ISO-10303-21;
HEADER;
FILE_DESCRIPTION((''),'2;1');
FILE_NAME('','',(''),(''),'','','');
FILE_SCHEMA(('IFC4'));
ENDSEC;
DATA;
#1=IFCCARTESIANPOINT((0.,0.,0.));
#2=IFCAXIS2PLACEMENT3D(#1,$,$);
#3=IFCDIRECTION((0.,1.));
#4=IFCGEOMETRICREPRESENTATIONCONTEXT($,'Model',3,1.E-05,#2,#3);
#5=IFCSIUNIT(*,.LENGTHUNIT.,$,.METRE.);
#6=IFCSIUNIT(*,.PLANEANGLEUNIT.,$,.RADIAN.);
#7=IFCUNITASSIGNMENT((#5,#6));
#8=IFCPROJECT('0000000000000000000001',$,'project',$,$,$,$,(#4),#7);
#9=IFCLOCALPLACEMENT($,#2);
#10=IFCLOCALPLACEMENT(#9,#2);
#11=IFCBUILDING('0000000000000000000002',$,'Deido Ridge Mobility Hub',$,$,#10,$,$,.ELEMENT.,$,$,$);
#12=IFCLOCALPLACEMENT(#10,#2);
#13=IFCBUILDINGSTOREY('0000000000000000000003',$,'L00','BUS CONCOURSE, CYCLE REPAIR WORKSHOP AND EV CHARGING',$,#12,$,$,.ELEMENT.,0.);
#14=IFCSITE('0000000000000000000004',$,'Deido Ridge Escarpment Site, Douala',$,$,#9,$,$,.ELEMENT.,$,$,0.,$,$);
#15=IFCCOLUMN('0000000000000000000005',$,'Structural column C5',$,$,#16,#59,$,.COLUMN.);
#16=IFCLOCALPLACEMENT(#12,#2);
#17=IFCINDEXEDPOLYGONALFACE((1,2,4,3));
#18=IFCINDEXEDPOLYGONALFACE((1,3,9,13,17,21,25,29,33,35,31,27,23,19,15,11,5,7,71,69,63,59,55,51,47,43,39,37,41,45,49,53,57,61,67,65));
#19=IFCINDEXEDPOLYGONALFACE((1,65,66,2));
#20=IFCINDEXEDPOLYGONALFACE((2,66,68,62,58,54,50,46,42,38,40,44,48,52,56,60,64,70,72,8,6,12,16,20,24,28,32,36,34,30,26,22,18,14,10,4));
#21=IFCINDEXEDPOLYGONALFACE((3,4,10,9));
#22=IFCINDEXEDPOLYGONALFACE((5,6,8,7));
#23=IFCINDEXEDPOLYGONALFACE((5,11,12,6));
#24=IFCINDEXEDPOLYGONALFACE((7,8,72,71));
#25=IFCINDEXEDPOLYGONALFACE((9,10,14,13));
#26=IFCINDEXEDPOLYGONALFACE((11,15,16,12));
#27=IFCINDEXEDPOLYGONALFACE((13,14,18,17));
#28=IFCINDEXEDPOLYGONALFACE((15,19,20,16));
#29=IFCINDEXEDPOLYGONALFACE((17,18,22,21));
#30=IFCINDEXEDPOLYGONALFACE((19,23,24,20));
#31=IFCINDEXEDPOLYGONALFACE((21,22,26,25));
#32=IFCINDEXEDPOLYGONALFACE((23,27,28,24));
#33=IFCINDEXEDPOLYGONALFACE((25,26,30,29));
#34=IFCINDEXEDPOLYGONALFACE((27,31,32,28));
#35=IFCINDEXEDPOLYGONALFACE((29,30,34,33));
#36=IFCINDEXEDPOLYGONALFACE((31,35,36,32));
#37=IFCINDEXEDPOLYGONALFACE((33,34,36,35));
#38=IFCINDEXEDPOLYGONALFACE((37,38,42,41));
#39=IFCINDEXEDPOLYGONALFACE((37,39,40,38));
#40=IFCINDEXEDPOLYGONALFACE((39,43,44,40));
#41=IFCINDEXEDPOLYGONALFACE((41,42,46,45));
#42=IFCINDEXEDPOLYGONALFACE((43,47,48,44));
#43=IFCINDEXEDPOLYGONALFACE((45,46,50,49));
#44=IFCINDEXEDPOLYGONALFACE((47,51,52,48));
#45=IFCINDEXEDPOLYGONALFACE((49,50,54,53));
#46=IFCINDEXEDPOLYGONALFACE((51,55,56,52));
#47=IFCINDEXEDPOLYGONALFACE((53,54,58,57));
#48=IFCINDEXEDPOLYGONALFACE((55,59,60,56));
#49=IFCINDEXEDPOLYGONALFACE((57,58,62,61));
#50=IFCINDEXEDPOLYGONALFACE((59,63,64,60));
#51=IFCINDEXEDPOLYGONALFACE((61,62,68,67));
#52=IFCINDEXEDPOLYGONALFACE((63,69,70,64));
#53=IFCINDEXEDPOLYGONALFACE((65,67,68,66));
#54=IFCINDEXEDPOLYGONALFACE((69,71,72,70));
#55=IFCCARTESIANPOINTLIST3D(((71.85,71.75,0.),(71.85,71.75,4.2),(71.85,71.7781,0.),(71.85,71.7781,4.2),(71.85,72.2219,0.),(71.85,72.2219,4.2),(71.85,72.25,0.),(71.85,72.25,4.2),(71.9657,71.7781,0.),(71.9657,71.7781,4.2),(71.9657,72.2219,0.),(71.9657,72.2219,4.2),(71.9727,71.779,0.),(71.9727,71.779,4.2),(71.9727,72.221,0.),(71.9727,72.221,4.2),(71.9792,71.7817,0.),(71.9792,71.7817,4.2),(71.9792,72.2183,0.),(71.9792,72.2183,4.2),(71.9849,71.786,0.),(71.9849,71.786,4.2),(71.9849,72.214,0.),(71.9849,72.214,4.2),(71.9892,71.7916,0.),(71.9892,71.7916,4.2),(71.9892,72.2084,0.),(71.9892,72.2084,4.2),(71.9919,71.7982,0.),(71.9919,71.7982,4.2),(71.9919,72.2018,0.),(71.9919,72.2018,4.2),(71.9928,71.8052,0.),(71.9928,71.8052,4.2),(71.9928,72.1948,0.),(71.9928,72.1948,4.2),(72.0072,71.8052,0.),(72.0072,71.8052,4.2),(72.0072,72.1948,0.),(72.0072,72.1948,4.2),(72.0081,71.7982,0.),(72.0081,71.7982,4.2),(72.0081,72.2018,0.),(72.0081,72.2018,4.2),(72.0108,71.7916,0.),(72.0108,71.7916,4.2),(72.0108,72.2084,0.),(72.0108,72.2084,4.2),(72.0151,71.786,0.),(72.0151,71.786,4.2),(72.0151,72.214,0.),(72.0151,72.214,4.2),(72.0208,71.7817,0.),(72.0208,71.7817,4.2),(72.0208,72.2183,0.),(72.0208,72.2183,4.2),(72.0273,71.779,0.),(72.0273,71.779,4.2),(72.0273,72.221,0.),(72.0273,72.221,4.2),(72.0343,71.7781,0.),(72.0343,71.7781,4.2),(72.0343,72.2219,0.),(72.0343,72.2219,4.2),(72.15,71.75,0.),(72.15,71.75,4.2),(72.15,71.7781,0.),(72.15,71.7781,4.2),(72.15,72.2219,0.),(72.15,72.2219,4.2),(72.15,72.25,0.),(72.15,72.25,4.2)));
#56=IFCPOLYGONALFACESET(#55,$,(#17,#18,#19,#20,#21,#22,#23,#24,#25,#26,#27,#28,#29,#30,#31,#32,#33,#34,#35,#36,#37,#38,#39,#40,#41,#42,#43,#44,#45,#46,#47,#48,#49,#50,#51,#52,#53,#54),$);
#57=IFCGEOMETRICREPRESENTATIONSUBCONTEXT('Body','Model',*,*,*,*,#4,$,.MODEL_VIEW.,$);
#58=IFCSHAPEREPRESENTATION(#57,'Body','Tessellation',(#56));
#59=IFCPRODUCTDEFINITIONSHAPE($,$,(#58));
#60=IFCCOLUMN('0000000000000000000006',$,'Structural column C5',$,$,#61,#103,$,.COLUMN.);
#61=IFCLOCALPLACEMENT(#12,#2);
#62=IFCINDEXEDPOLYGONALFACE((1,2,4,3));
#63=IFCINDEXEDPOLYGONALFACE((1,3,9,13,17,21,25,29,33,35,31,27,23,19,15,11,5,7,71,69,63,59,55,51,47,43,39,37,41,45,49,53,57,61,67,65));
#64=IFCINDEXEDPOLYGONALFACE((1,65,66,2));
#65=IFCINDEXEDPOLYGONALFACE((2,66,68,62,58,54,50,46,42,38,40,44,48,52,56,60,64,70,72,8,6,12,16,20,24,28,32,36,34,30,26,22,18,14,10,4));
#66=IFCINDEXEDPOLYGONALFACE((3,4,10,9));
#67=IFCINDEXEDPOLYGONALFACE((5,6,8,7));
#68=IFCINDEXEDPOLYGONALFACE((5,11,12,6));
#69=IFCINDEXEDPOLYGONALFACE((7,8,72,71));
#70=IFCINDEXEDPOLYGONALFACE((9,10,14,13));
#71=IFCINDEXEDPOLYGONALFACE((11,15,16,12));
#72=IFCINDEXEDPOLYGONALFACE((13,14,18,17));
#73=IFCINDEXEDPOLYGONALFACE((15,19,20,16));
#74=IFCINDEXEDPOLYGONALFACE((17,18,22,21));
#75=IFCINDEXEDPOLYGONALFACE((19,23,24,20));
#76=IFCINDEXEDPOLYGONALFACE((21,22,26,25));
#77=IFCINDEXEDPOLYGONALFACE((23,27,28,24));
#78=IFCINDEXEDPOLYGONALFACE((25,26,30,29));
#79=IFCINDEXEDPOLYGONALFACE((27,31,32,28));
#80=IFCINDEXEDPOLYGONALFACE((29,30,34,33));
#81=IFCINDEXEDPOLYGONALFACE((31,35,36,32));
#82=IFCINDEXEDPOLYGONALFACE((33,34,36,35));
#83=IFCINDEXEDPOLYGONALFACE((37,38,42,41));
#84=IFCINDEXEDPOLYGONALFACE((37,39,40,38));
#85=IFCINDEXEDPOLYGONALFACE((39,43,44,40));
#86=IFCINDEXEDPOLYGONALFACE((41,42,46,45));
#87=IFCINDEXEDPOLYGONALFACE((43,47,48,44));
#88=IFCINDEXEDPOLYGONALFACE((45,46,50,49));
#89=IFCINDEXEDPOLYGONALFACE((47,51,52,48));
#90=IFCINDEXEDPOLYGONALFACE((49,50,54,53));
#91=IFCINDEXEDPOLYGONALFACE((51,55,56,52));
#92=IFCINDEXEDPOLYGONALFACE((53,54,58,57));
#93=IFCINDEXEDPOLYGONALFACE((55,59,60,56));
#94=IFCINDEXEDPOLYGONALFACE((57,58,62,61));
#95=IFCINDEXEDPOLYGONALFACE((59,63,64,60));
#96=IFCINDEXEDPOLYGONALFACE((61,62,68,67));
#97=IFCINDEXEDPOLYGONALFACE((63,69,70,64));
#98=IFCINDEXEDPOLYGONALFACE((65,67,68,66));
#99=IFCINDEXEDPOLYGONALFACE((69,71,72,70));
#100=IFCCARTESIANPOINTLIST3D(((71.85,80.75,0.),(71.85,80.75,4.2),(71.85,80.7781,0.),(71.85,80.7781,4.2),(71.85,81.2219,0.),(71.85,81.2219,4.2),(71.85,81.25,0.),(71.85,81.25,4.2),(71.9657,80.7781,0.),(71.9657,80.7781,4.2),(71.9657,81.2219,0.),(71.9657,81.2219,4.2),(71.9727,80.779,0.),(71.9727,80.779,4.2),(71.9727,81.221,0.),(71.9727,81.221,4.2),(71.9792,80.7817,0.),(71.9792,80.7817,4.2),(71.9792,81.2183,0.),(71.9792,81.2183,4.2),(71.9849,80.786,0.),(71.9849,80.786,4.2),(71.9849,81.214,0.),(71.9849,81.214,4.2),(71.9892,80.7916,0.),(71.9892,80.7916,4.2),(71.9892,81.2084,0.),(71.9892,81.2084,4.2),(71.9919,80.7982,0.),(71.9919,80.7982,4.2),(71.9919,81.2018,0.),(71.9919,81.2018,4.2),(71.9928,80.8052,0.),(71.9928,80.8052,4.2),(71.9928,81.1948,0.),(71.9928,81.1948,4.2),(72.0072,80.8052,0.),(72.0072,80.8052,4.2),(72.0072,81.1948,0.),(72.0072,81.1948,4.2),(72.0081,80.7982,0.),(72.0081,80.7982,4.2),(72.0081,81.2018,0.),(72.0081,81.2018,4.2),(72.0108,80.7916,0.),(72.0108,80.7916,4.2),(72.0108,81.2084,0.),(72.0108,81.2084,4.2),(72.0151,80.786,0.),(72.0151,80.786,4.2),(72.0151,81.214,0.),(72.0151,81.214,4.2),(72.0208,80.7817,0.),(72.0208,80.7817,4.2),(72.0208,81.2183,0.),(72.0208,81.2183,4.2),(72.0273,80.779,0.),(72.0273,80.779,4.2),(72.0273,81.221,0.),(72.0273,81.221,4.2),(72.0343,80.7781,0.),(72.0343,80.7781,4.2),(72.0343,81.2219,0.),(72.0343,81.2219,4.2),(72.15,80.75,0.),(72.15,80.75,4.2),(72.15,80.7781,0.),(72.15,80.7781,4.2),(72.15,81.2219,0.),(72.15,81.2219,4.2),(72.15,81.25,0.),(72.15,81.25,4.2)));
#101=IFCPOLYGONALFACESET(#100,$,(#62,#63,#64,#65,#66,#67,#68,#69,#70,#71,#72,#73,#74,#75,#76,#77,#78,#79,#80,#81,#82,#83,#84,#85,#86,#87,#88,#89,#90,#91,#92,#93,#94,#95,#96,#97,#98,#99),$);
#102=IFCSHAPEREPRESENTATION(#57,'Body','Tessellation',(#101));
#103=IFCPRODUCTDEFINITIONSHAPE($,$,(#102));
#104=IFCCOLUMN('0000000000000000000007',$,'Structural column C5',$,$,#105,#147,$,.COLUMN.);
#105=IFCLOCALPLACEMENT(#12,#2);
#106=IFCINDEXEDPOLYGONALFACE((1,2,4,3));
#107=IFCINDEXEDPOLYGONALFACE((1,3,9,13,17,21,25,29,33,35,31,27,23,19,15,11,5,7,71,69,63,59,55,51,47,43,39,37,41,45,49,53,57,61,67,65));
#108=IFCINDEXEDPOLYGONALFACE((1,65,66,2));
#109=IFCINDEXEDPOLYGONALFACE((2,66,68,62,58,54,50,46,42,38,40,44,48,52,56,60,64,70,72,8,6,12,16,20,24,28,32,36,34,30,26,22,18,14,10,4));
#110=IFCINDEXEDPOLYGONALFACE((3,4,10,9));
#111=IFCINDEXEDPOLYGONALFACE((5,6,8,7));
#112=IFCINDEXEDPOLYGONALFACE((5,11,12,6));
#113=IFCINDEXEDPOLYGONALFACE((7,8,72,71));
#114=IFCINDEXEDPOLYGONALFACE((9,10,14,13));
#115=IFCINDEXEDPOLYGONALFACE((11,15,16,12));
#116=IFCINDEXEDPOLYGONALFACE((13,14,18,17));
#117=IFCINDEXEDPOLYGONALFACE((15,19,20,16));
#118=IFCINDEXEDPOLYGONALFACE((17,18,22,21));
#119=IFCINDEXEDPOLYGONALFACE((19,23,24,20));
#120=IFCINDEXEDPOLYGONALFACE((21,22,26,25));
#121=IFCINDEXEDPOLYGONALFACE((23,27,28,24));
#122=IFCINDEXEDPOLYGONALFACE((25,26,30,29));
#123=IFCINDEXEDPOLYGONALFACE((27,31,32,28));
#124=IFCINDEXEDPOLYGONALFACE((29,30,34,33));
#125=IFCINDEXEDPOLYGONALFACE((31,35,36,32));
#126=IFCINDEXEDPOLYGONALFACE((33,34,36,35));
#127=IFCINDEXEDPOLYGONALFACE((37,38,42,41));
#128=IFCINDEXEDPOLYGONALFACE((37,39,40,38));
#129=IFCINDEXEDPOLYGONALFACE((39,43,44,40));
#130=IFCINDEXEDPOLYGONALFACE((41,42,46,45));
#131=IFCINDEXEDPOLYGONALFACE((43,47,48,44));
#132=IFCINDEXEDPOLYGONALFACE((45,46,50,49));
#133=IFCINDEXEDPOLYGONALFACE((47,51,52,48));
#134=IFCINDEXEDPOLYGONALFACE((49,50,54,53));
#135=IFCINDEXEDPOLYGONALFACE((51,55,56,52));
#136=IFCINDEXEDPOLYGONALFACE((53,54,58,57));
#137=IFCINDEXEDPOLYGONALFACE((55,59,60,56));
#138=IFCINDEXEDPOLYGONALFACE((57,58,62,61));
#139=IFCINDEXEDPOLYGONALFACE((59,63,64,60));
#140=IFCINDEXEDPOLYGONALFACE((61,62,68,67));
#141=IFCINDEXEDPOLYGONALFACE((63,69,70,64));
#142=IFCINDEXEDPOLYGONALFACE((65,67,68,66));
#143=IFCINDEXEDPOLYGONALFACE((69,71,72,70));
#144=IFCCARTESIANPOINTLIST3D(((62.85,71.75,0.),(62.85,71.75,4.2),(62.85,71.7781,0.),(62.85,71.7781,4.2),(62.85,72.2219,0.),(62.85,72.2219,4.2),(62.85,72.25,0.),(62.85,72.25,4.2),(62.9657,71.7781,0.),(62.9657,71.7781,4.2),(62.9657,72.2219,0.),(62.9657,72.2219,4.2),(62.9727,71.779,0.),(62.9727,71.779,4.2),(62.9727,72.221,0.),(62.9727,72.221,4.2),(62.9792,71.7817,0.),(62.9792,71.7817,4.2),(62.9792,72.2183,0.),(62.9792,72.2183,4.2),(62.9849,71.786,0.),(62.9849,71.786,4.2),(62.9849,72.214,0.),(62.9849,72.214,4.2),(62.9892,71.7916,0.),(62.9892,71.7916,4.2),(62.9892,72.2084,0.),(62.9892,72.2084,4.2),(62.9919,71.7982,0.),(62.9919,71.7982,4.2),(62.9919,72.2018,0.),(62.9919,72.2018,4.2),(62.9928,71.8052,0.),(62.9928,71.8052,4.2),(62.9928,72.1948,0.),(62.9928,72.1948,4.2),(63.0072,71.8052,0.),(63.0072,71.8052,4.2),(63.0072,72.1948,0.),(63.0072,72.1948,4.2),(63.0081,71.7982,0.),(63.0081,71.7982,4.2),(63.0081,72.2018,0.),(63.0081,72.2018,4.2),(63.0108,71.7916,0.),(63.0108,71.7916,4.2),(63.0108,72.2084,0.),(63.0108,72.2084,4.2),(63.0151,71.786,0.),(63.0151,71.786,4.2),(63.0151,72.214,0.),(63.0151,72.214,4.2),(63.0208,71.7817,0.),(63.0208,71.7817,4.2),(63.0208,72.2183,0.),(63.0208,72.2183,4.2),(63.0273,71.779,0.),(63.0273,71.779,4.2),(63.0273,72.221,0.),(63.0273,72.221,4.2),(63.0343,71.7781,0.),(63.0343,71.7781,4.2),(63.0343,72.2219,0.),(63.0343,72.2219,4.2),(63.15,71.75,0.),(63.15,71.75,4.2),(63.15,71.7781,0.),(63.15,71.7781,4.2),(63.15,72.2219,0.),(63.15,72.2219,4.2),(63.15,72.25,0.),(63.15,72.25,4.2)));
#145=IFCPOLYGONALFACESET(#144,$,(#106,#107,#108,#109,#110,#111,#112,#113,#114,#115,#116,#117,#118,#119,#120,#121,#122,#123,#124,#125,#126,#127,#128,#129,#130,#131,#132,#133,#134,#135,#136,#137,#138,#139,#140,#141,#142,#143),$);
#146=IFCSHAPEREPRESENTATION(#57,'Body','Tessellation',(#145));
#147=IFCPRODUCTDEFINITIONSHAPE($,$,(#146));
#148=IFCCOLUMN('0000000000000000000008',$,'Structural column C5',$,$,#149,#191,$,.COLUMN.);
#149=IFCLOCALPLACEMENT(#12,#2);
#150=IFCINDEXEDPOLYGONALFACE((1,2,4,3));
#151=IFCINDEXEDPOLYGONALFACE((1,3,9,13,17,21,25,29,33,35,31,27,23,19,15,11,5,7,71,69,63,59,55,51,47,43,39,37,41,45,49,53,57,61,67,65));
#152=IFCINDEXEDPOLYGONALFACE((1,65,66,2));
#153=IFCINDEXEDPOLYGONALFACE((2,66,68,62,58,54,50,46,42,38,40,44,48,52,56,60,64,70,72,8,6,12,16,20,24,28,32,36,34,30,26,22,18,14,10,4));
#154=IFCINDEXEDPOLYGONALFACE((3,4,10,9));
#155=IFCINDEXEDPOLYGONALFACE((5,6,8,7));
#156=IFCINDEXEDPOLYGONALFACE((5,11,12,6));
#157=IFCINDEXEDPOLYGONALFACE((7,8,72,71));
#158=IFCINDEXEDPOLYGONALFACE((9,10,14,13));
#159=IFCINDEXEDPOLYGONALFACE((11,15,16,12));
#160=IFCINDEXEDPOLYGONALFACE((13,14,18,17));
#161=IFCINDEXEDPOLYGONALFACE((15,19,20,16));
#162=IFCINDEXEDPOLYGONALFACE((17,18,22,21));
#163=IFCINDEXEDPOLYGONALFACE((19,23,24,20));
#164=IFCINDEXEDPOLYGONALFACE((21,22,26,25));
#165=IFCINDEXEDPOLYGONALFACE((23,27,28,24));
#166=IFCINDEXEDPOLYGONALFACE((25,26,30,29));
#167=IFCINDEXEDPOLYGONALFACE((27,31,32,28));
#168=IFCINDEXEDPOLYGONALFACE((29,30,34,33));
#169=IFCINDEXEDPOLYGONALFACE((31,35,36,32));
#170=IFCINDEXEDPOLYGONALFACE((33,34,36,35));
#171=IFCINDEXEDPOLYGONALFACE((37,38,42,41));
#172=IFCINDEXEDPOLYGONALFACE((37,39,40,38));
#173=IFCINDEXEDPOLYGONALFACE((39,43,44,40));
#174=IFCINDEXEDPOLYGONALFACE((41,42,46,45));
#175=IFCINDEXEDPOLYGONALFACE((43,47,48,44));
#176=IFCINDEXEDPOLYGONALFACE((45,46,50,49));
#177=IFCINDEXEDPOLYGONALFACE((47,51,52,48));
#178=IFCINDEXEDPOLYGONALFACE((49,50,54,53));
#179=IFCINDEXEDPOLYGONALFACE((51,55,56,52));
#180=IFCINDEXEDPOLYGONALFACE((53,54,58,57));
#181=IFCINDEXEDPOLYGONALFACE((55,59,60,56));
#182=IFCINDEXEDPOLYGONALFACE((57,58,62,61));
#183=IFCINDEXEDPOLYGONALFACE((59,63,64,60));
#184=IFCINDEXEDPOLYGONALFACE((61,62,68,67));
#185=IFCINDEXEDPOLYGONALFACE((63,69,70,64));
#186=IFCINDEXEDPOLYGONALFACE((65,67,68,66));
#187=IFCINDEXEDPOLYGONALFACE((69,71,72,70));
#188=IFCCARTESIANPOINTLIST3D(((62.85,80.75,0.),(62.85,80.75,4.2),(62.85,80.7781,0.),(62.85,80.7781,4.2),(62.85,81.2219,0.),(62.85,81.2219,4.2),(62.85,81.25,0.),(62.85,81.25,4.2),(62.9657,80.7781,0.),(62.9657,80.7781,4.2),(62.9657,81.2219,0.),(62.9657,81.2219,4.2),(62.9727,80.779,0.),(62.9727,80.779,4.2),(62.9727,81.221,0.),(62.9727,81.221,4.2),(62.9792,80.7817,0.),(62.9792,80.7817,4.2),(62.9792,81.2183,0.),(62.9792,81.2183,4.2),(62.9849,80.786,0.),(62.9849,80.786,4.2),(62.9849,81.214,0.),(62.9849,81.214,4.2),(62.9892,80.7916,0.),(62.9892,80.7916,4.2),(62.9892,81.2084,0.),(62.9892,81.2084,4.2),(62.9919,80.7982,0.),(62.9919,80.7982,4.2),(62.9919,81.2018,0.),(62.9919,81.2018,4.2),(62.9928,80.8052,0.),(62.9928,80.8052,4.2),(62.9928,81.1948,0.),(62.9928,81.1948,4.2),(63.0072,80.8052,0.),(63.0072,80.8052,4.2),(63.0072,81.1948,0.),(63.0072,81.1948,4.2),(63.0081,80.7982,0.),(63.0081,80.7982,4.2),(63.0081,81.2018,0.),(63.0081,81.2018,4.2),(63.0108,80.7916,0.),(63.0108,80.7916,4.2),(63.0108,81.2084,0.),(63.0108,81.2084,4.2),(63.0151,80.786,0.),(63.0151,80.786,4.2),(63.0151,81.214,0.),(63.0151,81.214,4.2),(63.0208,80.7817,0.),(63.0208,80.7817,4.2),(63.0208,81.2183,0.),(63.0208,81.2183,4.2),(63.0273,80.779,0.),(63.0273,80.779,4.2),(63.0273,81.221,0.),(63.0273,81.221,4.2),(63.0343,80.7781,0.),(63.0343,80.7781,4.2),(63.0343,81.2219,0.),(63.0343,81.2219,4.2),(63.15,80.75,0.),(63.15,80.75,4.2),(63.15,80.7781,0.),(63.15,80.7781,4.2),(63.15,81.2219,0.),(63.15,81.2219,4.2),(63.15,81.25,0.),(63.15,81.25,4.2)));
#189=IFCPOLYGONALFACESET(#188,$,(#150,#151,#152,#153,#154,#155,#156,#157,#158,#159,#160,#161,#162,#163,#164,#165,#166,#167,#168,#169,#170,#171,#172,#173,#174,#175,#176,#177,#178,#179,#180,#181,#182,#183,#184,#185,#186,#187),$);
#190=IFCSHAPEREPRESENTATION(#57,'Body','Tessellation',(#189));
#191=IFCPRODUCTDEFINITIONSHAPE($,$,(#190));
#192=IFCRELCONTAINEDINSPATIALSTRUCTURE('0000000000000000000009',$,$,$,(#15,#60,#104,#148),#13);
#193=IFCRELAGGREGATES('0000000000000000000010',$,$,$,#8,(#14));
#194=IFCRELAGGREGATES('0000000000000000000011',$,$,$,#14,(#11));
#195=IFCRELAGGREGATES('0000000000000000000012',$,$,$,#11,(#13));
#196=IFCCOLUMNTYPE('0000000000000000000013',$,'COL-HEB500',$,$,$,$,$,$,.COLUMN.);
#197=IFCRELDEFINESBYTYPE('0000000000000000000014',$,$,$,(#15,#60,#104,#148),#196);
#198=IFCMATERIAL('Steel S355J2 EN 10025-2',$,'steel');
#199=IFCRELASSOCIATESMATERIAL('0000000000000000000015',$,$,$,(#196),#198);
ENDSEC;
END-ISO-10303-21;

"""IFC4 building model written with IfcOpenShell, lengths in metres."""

from ifc_helpers import new_model, si_unit, direction, frame, origin, origin_2d, place, context, subcontext, project, spatial, i_section, extrude, material, material_profile, profile_set, type_object, element, save


model = new_model("IFC4")

# Units and contexts
model_context = context("Model", 3, precision=1e-05, world=origin(), true_north=direction((0.0, 1.0)))
body_context = subcontext(model_context, "Body", "Model", "MODEL_VIEW")
ifc_project = project(units=[si_unit("LENGTHUNIT", "METRE"), si_unit("PLANEANGLEUNIT", "RADIAN")], contexts=[model_context])

# Site, building, storey
site_placement = place(None, origin())
site = spatial("IfcSite", under=ifc_project, at=site_placement, Name="Deido Ridge Escarpment Site, Douala", CompositionType="ELEMENT", RefElevation=0.0)
building_placement = place(site_placement, origin())
building = spatial("IfcBuilding", under=site, at=building_placement, Name="Deido Ridge Mobility Hub", CompositionType="ELEMENT")
storey_placement = place(building_placement, origin())
storey = spatial("IfcBuildingStorey", under=building, at=storey_placement, Name="L00", Description="BUS CONCOURSE, CYCLE REPAIR WORKSHOP AND EV CHARGING", CompositionType="ELEMENT", Elevation=0.0)

# Columns
ifc_material_1 = material(Name="Steel S355J2 EN 10025-2", Category="steel")
ifc_material_profile_1 = material_profile(ifc_material_1, i_section(OverallWidth=0.3, OverallDepth=0.5, WebThickness=0.0144, FlangeThickness=0.0281, FilletRadius=0.0271, at=origin_2d()), Name="HEB 500")
ifc_profile_set_1 = profile_set([ifc_material_profile_1], Name="Steel S355J2 EN 10025-2")
column_type = type_object("IfcColumnType", Name="COL-HEB500", PredefinedType="COLUMN", material=ifc_profile_set_1)
for number, where, z_axis, x_axis, name in (
    (1, (72.0, 72.0, 0.0), (0.0, 0.0, 1.0), (1.0, 0.0, 0.0), "Structural column C5"),
    (2, (72.0, 81.0, 0.0), (0.0, 0.0, 1.0), (1.0, 0.0, 0.0), "Structural column C5"),
    (3, (63.0, 72.0, 0.0), (0.0, 0.0, 1.0), (1.0, 0.0, 0.0), "Structural column C5"),
    (4, (63.0, 81.0, 0.0), (0.0, 0.0, 1.0), (1.0, 0.0, 0.0), "Structural column C5"),
):
    element("IfcColumn", number, at=place(storey_placement, frame(where, z_axis=z_axis, x_axis=x_axis)), inside=storey, type_object=column_type, Name=name, PredefinedType="COLUMN", context=body_context, shape_type="SweptSolid", body=[
        extrude(i_section(OverallWidth=0.3, OverallDepth=0.5, WebThickness=0.0144, FlangeThickness=0.0281, FilletRadius=0.0271, at=origin_2d()), origin(), (0.0, 0.0, 1.0), 4.2),
    ])

save(model, "model.ifc")
